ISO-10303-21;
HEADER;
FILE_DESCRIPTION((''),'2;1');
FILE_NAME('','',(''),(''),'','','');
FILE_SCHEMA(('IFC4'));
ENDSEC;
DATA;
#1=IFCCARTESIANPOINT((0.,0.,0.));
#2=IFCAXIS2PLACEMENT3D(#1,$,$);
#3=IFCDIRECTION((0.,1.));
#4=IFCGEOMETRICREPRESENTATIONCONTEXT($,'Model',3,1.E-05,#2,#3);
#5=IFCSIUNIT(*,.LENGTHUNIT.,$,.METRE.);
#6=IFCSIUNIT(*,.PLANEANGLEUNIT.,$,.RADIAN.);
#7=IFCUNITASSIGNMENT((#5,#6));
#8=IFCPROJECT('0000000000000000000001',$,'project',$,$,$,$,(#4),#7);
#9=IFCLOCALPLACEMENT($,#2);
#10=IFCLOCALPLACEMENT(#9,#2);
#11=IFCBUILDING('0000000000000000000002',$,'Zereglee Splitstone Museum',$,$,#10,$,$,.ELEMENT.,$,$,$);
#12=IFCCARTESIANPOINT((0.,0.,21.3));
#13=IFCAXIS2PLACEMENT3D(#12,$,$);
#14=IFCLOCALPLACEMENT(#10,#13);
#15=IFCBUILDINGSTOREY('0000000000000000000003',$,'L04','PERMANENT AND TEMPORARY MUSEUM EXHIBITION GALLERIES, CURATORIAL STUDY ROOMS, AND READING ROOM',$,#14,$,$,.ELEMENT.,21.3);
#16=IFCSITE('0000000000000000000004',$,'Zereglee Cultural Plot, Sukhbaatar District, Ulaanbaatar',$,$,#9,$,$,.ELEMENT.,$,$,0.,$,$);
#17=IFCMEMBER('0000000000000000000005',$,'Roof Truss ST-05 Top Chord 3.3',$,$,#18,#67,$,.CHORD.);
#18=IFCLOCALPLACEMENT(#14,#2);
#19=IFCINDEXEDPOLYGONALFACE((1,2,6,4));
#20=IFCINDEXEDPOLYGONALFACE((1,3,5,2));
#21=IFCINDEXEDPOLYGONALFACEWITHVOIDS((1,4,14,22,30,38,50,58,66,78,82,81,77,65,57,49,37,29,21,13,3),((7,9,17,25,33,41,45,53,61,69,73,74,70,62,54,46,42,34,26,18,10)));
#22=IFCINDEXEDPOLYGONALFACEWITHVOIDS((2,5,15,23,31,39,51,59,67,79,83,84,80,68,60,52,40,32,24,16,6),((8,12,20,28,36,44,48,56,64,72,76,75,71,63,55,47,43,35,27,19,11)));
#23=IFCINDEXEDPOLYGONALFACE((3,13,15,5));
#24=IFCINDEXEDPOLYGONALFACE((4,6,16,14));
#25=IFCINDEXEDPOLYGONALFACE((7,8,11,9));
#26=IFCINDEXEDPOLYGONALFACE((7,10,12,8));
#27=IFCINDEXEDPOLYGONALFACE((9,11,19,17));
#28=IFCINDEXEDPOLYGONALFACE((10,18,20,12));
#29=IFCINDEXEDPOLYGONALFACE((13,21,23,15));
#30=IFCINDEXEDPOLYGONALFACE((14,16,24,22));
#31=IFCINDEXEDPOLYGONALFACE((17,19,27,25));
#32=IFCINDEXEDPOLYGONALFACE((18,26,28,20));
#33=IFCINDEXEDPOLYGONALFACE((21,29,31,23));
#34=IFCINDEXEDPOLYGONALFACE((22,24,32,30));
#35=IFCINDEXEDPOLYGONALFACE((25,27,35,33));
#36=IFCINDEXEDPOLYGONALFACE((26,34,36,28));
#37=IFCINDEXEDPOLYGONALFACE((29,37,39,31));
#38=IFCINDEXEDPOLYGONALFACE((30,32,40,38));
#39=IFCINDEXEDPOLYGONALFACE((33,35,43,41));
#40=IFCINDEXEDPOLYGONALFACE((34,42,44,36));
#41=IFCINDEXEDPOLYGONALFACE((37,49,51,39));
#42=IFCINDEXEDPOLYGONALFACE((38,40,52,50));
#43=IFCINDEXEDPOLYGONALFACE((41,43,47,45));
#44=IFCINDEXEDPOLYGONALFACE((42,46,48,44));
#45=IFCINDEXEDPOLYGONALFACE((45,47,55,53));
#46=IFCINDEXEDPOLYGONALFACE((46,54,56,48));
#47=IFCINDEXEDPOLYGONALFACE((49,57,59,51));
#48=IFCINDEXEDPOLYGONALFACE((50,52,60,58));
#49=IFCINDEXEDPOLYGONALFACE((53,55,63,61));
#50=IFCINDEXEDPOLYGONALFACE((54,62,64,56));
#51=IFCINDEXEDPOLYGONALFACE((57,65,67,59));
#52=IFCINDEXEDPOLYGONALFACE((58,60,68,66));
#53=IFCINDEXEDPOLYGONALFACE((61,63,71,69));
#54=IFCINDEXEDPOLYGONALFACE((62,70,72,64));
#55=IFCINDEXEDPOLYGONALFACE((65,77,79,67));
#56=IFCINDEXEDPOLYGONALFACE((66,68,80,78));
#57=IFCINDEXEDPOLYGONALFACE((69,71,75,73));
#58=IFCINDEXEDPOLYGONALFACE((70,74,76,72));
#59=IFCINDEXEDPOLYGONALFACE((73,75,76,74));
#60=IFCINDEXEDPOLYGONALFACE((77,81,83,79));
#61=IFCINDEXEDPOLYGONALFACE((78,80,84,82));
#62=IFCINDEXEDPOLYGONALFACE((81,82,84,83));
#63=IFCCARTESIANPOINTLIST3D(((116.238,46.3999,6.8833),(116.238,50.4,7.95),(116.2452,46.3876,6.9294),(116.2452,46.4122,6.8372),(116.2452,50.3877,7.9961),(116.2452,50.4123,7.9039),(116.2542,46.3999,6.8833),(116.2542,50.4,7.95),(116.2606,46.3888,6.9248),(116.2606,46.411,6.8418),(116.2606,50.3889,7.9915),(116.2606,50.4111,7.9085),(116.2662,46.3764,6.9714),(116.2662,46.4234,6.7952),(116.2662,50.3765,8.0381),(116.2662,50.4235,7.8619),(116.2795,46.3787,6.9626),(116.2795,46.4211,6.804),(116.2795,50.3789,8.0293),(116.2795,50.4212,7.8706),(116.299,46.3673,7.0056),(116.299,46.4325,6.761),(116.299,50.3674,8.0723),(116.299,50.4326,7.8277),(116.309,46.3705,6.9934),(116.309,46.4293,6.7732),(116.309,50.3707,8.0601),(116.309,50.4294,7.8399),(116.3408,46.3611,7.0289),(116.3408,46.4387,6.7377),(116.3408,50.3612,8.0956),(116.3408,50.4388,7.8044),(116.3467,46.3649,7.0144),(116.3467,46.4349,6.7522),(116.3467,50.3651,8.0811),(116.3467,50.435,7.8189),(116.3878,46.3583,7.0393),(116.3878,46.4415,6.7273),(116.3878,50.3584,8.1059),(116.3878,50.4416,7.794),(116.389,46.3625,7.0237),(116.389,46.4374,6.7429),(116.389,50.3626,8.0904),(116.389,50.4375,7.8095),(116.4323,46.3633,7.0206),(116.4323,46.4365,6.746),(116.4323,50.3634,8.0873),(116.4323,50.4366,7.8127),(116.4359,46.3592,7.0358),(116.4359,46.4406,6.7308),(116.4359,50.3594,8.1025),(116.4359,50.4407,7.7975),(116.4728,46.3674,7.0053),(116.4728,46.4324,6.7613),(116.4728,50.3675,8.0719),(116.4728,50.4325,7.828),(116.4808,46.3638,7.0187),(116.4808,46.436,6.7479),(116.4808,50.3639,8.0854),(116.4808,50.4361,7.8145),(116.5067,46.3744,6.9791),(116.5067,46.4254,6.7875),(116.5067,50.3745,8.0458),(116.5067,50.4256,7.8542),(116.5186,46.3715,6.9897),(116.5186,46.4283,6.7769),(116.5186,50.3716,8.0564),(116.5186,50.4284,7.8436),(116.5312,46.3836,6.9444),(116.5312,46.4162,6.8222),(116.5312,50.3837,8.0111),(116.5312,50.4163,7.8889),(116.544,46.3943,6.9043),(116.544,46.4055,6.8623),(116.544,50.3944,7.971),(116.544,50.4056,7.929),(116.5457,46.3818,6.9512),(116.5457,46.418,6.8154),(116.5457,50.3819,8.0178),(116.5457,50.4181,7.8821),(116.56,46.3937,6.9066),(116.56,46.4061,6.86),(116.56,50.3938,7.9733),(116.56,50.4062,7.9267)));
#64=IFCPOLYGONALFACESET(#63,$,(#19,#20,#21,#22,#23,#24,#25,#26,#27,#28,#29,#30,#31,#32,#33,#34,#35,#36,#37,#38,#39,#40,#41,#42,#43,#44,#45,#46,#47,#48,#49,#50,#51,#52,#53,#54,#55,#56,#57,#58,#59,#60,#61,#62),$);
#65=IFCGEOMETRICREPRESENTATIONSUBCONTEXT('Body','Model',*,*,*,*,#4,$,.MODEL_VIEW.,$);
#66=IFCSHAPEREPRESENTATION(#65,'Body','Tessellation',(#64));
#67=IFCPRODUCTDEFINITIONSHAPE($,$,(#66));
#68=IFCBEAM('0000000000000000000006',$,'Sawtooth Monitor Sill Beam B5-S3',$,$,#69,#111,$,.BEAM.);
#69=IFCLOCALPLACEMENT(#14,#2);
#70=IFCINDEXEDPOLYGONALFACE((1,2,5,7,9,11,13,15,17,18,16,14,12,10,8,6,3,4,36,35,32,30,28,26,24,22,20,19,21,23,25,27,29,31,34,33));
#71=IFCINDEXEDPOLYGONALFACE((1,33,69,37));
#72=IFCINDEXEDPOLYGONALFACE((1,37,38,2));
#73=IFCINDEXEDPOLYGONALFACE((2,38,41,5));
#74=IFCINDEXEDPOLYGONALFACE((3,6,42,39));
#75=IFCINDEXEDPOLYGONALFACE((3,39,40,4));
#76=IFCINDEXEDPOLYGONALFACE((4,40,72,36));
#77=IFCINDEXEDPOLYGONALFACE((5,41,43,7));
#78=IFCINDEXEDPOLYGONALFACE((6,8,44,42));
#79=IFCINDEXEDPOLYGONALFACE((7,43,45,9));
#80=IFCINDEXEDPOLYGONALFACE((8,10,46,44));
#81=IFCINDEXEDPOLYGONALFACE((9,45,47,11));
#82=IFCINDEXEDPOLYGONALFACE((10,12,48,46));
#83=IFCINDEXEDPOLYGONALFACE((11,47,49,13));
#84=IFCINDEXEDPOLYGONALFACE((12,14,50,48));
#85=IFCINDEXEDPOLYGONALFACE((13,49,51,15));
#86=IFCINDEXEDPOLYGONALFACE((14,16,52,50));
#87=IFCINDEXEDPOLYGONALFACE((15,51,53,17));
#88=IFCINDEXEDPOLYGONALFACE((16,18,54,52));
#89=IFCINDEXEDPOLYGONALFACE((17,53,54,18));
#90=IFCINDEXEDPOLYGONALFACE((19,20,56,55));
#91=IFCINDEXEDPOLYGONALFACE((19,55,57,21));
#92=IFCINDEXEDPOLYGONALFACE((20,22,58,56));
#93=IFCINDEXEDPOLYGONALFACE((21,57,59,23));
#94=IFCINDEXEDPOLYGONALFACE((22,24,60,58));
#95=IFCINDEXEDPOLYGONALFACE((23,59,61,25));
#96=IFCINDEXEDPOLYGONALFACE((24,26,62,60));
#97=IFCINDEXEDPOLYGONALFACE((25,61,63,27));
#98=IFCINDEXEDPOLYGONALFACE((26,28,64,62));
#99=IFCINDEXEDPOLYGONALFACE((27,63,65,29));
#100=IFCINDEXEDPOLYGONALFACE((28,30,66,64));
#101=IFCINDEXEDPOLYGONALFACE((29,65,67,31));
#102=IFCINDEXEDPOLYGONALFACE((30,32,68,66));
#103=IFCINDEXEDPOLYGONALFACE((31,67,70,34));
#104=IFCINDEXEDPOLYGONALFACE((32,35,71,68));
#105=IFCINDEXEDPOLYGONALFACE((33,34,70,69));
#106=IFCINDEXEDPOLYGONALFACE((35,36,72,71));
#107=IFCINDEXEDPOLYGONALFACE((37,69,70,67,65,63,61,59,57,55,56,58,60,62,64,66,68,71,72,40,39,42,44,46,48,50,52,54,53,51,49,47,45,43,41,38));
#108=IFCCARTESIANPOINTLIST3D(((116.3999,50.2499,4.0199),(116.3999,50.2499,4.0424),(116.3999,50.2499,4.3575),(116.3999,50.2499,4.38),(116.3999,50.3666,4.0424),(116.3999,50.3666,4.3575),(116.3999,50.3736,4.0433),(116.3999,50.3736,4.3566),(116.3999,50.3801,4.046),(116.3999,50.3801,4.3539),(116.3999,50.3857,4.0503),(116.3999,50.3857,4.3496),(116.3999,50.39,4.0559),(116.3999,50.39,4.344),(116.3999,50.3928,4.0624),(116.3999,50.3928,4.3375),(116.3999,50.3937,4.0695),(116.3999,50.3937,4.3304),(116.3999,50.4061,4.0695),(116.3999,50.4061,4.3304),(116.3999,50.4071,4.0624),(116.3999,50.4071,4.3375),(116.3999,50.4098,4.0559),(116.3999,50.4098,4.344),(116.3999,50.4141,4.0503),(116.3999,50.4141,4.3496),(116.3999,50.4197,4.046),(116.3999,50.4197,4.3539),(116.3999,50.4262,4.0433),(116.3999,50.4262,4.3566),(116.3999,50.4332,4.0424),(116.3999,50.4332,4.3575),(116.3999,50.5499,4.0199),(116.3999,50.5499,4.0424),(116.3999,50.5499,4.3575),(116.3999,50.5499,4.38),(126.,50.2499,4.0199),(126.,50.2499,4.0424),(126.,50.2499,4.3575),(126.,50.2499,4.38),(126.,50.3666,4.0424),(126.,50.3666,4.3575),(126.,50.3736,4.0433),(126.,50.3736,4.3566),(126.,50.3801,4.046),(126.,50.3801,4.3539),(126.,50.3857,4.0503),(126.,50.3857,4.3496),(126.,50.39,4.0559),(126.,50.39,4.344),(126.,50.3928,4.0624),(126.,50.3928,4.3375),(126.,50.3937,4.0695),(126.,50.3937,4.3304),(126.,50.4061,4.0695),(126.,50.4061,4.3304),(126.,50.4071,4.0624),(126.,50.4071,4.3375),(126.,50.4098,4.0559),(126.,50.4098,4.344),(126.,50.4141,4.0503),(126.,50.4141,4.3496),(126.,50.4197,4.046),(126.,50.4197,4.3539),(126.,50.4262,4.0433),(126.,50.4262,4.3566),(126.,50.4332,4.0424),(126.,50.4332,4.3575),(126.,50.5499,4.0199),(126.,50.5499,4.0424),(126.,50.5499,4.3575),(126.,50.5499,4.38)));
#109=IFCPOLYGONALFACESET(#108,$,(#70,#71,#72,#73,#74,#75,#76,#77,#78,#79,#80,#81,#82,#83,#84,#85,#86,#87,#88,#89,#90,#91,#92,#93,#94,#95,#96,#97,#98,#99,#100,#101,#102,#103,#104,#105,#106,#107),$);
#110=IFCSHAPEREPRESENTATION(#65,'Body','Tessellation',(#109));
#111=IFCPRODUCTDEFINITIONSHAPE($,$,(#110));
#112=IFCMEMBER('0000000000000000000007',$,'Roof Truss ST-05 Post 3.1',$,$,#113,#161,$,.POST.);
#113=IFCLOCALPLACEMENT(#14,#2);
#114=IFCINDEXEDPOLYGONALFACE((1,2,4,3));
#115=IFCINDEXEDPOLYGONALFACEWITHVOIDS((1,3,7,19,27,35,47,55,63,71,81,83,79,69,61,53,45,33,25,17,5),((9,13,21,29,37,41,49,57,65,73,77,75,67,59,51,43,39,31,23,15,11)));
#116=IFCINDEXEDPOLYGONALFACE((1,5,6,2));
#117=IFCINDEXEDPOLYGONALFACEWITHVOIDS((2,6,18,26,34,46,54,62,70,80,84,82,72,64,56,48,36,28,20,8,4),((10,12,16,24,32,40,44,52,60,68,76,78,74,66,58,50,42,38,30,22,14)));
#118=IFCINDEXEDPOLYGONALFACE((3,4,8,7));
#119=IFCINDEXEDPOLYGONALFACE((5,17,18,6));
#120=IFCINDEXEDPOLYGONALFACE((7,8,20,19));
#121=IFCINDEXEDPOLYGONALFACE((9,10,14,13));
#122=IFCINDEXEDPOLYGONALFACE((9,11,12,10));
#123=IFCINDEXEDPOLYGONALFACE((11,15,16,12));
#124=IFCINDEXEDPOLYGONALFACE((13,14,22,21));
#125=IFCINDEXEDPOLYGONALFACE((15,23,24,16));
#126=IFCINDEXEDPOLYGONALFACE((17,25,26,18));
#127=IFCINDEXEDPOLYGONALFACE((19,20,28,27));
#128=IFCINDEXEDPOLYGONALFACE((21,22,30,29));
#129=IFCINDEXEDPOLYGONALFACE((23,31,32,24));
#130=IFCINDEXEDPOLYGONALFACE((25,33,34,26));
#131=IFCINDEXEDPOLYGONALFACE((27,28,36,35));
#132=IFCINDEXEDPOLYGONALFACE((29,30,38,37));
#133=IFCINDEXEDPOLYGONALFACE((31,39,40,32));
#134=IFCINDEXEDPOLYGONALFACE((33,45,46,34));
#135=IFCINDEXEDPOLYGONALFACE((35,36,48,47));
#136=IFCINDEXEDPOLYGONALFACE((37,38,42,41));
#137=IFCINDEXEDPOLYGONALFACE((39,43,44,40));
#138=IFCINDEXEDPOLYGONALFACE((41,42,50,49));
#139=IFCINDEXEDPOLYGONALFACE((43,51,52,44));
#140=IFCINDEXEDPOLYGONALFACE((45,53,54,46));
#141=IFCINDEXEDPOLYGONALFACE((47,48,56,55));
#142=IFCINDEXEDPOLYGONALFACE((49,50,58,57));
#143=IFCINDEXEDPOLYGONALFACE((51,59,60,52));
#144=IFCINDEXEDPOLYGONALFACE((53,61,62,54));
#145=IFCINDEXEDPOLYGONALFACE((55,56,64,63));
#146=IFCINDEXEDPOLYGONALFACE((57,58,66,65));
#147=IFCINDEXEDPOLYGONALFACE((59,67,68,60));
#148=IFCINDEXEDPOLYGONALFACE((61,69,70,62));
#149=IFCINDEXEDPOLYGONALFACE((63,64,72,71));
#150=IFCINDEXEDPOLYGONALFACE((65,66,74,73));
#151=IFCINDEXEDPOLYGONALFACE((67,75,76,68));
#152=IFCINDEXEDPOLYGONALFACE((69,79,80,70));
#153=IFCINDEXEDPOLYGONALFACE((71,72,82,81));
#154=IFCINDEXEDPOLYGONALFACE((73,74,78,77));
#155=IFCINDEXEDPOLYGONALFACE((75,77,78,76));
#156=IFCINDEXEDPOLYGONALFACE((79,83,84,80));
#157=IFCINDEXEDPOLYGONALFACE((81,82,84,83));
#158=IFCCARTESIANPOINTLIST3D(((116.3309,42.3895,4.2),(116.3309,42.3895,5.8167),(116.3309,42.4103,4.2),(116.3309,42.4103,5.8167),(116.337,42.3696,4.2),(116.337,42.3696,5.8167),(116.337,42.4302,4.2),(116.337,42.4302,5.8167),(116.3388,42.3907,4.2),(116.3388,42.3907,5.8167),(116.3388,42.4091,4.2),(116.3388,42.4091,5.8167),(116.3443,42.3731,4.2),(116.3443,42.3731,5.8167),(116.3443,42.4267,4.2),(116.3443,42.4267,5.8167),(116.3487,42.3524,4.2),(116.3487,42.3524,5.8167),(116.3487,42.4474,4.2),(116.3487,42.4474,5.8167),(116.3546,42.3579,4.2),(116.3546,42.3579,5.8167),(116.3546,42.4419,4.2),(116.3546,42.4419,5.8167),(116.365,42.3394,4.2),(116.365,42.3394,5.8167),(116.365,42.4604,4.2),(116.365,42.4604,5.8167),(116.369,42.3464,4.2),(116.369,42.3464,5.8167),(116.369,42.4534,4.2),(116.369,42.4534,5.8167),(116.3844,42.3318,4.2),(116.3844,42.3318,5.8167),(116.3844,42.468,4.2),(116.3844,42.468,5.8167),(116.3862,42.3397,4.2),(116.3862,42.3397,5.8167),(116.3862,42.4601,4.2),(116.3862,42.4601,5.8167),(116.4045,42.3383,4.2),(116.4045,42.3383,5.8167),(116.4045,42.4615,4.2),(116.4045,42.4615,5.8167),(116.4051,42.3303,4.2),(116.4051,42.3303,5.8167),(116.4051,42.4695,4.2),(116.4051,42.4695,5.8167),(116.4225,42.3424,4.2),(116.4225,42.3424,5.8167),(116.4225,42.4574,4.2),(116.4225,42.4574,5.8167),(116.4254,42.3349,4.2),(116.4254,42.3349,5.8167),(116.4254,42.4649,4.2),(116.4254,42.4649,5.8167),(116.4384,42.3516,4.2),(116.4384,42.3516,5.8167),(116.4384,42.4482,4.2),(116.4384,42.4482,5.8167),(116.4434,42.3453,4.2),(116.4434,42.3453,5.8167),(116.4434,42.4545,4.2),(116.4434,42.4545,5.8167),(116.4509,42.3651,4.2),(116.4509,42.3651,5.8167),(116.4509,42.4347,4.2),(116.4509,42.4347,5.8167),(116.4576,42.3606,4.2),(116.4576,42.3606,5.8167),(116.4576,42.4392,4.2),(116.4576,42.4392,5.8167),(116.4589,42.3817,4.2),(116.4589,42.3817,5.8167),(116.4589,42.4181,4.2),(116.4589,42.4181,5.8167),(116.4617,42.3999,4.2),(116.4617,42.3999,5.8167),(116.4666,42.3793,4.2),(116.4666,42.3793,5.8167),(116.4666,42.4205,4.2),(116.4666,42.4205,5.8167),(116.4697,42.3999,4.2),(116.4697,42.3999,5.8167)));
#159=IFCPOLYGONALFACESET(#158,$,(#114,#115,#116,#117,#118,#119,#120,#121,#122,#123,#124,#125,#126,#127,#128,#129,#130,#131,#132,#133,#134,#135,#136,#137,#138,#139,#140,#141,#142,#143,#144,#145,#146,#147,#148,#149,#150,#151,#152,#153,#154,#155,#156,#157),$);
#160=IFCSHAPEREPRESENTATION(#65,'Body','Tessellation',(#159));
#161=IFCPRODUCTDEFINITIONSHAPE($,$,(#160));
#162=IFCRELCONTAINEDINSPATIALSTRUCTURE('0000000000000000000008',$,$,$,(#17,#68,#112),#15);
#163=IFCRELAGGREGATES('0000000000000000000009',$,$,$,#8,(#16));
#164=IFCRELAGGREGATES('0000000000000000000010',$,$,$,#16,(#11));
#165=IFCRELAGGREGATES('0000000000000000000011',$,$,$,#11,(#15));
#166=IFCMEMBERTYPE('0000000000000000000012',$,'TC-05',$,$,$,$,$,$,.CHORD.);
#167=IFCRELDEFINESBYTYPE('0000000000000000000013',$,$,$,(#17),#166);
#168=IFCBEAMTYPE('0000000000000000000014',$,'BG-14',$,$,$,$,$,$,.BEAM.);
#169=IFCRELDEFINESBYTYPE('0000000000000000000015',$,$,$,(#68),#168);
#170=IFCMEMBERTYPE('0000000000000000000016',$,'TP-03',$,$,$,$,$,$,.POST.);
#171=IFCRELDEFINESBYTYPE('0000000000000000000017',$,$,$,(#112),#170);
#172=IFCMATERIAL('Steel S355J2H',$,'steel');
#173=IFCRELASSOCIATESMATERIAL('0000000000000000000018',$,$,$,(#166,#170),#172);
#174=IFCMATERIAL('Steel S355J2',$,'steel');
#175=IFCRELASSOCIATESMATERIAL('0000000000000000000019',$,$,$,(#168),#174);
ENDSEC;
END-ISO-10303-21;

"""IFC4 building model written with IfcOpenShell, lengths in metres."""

from ifc_helpers import new_model, si_unit, direction, frame, origin, origin_2d, place, context, subcontext, project, spatial, hollow_circle, i_section, extrude, material, material_profile, profile_set, type_object, element, save


model = new_model("IFC4")

# Units and contexts
model_context = context("Model", 3, precision=1e-05, world=origin(), true_north=direction((0.0, 1.0)))
body_context = subcontext(model_context, "Body", "Model", "MODEL_VIEW")
ifc_project = project(units=[si_unit("LENGTHUNIT", "METRE"), si_unit("PLANEANGLEUNIT", "RADIAN")], contexts=[model_context])

# Site, building, storey
site_placement = place(None, origin())
site = spatial("IfcSite", under=ifc_project, at=site_placement, Name="Zereglee Cultural Plot, Sukhbaatar District, Ulaanbaatar", CompositionType="ELEMENT", RefElevation=0.0)
building_placement = place(site_placement, origin())
building = spatial("IfcBuilding", under=site, at=building_placement, Name="Zereglee Splitstone Museum", CompositionType="ELEMENT")
storey_placement = place(building_placement, frame((0.0, 0.0, 21.3)))
storey = spatial("IfcBuildingStorey", under=building, at=storey_placement, Name="L04", Description="PERMANENT AND TEMPORARY MUSEUM EXHIBITION GALLERIES, CURATORIAL STUDY ROOMS, AND READING ROOM", CompositionType="ELEMENT", Elevation=21.3)

# Shared definitions
ifc_material_1 = material(Name="Steel S355J2", Category="steel")

# Member
ifc_material_2 = material(Name="Steel S355J2H", Category="steel")
ifc_material_profile_1 = material_profile(ifc_material_2, hollow_circle(Radius=0.1619, WallThickness=0.0161, at=origin_2d()), Name="CHS 323.9x16")
ifc_profile_set_1 = profile_set([ifc_material_profile_1], Name="Steel S355J2H")
member_type_1 = type_object("IfcMemberType", Name="TC-05", PredefinedType="CHORD", material=ifc_profile_set_1)
member_1_placement = place(storey_placement, frame((116.3999, 46.3999, 6.8833), z_axis=(0.0, 0.966236, 0.257659), x_axis=(-1.0, 0.0, 0.0)))
element("IfcMember", 1, at=member_1_placement, inside=storey, type_object=member_type_1, Name="Roof Truss ST-05 Top Chord 3.3", PredefinedType="CHORD", context=body_context, shape_type="SweptSolid", body=[
    extrude(hollow_circle(Radius=0.1619, WallThickness=0.0161, at=origin_2d()), origin(), (0.0, 0.0, 1.0), 4.1399),
])

# Beam
ifc_material_profile_2 = material_profile(ifc_material_1, i_section(OverallWidth=0.3, OverallDepth=0.3601, WebThickness=0.0125, FlangeThickness=0.0225, FilletRadius=0.0271, at=origin_2d()), Name="HE 360 B")
ifc_profile_set_2 = profile_set([ifc_material_profile_2], Name="Steel S355J2")
beam_type_1 = type_object("IfcBeamType", Name="BG-14", PredefinedType="BEAM", material=ifc_profile_set_2)
beam_1_placement = place(storey_placement, frame((116.3999, 50.3999, 4.2), z_axis=(1.0, 0.0, 0.0), x_axis=(0.0, 1.0, 0.0)))
element("IfcBeam", 2, at=beam_1_placement, inside=storey, type_object=beam_type_1, Name="Sawtooth Monitor Sill Beam B5-S3", PredefinedType="BEAM", context=body_context, shape_type="SweptSolid", body=[
    extrude(i_section(OverallWidth=0.3, OverallDepth=0.3601, WebThickness=0.0125, FlangeThickness=0.0225, FilletRadius=0.0271, at=origin_2d()), origin(), (0.0, 0.0, 1.0), 9.6001),
])

# Member
ifc_material_profile_3 = material_profile(ifc_material_2, hollow_circle(Radius=0.0698, WallThickness=0.0081, at=origin_2d()), Name="CHS 139.7x8")
ifc_profile_set_3 = profile_set([ifc_material_profile_3], Name="Steel S355J2H")
member_type_2 = type_object("IfcMemberType", Name="TP-03", PredefinedType="POST", material=ifc_profile_set_3)
member_2_placement = place(storey_placement, frame((116.3999, 42.3999, 4.2), z_axis=(0.0, 0.0, 1.0), x_axis=(1.0, 0.0, 0.0)))
element("IfcMember", 3, at=member_2_placement, inside=storey, type_object=member_type_2, Name="Roof Truss ST-05 Post 3.1", PredefinedType="POST", context=body_context, shape_type="SweptSolid", body=[
    extrude(hollow_circle(Radius=0.0698, WallThickness=0.0081, at=origin_2d()), origin(), (0.0, 0.0, 1.0), 1.6167),
])

save(model, "model.ifc")
